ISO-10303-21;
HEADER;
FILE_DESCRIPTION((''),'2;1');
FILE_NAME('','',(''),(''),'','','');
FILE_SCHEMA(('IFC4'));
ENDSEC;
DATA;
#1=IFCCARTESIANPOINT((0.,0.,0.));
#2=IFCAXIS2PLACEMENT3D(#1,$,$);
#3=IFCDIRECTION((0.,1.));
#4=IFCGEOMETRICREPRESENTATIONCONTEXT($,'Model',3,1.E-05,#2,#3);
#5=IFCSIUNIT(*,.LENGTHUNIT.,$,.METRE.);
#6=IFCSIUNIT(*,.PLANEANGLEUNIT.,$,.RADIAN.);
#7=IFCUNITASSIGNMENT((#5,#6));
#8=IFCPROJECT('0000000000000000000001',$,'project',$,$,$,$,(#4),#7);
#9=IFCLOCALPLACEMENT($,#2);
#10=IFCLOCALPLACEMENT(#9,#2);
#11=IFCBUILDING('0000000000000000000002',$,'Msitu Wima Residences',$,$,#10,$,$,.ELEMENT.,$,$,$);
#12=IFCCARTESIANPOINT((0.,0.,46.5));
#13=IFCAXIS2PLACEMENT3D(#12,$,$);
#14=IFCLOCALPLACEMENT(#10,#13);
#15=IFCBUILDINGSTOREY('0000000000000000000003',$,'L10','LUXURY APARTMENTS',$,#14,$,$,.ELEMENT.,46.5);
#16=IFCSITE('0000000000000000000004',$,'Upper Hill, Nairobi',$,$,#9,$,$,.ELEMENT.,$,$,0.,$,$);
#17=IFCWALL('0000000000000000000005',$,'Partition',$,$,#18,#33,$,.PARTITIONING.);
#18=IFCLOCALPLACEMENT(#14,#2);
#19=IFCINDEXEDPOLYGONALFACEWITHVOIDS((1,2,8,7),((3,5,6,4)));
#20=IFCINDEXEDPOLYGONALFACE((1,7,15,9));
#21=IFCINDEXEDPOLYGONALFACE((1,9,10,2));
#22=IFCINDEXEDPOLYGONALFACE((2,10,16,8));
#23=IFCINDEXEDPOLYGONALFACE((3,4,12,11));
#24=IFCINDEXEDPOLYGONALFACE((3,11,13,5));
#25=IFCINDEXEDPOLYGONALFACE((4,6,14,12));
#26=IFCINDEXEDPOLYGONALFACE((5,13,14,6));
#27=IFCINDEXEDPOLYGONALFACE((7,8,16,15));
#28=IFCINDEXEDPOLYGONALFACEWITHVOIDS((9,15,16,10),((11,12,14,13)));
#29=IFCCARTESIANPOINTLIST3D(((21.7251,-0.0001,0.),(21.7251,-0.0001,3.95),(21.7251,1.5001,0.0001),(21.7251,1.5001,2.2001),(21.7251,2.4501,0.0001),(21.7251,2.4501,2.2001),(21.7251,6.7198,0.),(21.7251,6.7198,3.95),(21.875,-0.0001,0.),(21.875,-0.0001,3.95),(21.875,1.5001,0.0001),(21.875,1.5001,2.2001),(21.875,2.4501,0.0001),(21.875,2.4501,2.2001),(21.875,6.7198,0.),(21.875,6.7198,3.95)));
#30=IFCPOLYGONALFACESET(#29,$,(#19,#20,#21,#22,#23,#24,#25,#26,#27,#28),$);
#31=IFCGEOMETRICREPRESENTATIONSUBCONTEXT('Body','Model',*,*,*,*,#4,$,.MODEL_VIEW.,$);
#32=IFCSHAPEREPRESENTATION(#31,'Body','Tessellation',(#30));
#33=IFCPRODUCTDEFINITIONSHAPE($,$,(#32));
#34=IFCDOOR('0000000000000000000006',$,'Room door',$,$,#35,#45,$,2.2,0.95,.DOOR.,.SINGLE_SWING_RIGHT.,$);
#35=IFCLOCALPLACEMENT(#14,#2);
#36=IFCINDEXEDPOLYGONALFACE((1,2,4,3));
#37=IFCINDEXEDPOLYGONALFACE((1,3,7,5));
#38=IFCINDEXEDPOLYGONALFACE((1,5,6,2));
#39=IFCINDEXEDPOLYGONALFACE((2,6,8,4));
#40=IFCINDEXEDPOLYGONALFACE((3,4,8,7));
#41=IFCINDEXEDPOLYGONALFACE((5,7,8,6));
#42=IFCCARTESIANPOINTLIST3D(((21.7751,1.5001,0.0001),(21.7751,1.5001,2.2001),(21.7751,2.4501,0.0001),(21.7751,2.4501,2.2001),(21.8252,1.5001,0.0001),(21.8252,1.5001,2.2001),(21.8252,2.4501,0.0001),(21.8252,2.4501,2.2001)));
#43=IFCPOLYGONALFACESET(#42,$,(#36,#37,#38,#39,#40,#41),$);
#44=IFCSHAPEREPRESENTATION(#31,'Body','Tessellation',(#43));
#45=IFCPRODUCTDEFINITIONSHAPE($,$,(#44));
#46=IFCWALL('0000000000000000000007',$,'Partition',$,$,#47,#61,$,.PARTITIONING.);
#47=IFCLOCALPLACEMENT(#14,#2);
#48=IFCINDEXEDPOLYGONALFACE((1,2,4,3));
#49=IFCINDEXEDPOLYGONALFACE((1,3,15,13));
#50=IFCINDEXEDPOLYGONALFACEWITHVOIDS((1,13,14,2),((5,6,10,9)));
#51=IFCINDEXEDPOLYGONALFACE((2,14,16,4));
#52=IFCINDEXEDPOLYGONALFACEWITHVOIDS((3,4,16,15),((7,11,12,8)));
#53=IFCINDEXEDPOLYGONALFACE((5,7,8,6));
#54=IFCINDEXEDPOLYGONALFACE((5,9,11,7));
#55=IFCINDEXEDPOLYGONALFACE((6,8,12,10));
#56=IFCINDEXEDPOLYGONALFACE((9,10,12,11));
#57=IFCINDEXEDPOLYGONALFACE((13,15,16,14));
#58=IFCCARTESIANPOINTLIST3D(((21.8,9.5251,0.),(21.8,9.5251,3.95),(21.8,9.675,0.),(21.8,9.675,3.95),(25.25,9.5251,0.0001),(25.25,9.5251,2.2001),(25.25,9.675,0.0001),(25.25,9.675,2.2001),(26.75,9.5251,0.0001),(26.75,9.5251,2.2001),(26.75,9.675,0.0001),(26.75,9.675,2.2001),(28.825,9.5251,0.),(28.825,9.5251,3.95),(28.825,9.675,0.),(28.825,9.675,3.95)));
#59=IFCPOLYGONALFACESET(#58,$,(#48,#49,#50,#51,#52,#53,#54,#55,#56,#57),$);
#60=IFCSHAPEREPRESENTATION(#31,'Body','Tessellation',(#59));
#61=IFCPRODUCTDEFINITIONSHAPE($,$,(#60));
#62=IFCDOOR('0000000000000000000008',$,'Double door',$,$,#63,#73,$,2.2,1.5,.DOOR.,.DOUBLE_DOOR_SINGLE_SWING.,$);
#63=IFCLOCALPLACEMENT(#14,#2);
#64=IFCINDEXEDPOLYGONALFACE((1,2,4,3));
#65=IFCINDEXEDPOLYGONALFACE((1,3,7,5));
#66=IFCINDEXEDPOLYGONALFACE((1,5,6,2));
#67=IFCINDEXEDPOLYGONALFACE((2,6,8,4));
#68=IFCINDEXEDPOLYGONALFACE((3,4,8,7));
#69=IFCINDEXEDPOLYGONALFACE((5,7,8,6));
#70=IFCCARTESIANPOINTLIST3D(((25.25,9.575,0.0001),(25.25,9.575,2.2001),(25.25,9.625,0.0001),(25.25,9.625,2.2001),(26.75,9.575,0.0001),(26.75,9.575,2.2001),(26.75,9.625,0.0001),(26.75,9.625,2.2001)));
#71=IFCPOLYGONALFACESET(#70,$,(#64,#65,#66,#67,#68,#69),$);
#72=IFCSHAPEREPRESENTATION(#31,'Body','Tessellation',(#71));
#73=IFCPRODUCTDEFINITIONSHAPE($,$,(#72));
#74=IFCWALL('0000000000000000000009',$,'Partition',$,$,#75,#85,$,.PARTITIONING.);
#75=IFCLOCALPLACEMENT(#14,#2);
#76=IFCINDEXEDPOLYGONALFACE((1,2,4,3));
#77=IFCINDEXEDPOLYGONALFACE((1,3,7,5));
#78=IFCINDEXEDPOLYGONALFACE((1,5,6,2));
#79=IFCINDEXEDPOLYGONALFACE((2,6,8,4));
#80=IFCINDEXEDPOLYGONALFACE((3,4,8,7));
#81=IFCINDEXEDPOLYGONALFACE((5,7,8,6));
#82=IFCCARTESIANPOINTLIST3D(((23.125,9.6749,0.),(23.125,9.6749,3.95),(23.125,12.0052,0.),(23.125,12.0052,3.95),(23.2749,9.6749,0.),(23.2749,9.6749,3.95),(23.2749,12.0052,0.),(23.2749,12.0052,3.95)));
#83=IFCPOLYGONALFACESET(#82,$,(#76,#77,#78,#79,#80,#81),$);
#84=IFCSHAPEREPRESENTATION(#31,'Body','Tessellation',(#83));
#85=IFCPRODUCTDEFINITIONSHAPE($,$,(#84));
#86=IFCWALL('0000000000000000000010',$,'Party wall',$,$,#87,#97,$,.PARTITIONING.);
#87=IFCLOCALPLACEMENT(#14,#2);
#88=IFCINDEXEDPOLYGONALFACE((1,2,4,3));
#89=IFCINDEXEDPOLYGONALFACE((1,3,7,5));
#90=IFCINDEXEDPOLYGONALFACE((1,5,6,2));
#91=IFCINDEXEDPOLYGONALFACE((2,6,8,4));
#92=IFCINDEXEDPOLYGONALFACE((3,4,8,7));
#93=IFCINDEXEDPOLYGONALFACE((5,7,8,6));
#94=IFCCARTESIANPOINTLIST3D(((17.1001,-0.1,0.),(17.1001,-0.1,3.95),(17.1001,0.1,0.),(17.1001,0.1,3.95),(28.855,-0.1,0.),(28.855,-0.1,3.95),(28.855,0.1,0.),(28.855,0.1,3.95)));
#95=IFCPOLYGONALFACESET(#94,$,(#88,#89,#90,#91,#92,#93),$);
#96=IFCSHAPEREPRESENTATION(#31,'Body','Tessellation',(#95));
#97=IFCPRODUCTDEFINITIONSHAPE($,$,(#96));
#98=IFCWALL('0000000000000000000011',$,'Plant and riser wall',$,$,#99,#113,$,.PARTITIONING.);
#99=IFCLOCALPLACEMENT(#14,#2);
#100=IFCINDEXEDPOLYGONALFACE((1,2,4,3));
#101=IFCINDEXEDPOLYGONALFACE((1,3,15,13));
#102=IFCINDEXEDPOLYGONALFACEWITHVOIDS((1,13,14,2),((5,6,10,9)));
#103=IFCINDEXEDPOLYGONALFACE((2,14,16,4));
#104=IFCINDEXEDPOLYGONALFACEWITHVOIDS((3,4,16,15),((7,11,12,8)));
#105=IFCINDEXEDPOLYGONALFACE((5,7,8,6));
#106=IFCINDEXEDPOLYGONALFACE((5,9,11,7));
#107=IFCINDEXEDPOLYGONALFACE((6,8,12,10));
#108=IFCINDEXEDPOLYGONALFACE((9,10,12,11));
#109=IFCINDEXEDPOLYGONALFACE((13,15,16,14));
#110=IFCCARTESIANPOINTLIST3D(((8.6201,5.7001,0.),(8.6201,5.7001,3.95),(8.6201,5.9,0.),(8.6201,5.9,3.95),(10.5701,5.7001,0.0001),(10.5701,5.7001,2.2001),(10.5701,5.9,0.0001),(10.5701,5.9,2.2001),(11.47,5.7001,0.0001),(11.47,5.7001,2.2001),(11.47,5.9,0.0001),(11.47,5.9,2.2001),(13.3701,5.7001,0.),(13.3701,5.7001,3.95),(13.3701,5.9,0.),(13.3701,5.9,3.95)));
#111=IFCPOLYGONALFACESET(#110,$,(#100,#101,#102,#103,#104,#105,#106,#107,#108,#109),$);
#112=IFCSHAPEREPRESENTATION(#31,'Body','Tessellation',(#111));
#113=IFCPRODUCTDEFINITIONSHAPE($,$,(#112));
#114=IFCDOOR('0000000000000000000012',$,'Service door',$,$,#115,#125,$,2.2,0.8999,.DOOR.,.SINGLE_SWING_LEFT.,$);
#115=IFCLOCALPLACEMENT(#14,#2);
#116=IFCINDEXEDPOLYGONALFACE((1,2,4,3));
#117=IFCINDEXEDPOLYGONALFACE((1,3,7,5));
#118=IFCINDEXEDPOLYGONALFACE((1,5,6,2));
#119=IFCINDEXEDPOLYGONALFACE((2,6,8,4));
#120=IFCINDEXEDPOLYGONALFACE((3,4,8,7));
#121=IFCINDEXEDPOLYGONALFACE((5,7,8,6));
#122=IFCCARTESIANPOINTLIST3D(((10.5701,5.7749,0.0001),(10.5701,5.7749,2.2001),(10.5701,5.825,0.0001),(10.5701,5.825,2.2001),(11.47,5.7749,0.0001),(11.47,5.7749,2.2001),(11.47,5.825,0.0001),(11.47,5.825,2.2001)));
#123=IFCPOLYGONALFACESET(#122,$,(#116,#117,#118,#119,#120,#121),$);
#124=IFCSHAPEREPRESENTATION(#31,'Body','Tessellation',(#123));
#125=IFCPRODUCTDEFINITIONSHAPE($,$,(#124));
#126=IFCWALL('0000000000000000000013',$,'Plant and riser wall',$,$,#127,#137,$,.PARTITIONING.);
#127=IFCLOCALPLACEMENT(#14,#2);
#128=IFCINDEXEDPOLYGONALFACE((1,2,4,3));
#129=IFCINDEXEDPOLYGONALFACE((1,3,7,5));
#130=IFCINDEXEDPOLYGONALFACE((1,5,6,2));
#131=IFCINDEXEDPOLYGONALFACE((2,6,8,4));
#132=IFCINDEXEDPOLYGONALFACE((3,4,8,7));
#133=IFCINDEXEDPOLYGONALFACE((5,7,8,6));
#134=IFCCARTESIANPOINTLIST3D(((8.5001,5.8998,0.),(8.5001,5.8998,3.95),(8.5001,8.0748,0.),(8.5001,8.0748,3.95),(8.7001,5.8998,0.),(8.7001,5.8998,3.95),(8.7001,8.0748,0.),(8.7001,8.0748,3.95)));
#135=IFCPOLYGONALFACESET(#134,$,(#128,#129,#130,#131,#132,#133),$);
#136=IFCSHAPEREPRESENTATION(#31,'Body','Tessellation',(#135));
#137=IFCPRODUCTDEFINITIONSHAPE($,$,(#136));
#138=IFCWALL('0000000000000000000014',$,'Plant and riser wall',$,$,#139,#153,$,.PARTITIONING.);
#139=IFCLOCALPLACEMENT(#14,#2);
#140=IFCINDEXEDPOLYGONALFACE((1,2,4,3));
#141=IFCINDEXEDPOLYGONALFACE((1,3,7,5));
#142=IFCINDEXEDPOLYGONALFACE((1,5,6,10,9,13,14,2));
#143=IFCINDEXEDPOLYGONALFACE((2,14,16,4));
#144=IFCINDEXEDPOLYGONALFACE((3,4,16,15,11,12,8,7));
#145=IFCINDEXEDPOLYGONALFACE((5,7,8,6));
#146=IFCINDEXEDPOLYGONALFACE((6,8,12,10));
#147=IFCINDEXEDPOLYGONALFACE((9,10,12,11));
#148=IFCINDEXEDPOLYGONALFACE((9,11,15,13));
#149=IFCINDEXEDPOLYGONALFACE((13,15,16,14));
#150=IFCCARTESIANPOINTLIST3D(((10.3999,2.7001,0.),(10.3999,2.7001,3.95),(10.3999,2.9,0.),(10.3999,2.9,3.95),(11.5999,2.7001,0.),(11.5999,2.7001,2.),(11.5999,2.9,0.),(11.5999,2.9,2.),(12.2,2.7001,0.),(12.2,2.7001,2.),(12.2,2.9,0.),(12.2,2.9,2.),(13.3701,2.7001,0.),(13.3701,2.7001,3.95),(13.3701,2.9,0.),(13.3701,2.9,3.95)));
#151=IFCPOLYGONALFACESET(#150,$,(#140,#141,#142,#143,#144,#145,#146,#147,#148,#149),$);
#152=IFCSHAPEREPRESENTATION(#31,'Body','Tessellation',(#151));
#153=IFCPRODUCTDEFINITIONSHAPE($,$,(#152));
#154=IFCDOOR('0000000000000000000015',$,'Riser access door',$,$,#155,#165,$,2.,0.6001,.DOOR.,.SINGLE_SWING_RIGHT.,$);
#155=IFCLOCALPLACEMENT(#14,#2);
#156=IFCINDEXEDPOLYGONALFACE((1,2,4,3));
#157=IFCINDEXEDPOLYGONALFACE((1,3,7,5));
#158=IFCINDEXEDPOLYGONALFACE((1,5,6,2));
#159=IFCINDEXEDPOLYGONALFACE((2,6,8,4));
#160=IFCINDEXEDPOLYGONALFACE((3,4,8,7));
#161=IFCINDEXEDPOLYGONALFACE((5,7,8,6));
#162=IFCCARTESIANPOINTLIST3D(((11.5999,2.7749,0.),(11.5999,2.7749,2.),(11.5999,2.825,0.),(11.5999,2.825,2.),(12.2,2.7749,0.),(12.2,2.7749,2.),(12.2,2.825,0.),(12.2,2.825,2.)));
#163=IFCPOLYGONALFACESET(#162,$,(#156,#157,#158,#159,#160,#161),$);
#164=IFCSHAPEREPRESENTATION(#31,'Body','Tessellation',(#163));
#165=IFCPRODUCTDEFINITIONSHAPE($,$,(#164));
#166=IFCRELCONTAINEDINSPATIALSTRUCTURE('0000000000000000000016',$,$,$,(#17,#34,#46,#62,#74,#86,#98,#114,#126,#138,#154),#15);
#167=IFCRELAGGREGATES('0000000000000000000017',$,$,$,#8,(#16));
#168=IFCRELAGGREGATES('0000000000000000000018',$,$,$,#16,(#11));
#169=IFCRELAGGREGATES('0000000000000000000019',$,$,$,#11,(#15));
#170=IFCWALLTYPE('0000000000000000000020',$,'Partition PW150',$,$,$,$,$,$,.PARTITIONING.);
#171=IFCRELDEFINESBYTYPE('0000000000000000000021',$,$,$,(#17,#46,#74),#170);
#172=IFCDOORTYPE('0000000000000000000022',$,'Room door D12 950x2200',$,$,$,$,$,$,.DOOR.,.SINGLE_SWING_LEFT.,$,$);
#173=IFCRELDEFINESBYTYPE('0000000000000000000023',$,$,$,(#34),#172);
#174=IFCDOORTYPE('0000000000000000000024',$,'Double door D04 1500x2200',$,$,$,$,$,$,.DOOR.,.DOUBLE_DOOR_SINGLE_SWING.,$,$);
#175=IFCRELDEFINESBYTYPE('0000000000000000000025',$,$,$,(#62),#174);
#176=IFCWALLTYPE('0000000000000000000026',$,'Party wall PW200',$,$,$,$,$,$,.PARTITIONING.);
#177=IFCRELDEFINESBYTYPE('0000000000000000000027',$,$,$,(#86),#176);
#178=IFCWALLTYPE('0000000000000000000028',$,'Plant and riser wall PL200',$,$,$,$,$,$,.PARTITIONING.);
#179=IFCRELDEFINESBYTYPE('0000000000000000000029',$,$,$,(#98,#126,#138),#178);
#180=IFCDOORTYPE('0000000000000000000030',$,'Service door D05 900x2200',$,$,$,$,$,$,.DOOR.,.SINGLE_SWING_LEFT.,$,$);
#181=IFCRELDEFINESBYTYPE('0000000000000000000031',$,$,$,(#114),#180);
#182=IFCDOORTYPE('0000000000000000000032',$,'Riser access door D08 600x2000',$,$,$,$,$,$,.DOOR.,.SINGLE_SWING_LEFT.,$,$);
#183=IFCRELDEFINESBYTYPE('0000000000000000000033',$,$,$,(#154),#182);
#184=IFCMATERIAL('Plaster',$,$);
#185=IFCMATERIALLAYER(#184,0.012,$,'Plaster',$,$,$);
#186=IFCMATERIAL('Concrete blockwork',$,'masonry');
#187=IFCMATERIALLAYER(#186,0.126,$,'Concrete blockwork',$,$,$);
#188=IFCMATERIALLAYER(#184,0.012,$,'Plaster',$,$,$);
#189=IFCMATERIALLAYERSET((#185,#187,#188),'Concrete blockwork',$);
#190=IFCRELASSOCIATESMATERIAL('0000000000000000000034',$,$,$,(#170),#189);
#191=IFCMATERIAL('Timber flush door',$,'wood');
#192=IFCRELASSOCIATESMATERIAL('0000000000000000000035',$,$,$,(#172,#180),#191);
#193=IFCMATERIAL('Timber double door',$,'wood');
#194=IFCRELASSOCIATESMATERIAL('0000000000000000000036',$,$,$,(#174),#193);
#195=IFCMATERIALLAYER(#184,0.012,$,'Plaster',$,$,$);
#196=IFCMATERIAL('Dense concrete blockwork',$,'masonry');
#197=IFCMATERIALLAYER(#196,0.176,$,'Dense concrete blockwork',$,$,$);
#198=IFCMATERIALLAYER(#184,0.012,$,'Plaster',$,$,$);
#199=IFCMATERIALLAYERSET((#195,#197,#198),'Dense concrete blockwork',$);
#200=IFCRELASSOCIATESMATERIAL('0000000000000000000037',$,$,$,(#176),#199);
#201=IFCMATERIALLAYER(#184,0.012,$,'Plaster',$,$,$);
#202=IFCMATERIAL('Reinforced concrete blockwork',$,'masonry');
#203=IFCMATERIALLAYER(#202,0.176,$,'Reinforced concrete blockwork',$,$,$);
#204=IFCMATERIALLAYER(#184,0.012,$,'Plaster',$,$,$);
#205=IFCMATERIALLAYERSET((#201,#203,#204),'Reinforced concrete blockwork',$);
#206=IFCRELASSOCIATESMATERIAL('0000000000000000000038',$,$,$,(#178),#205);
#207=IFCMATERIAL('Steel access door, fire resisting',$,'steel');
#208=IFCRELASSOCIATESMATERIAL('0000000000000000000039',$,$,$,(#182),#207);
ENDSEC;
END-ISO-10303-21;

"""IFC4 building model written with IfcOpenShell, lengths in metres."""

from ifc_helpers import new_model, si_unit, direction, frame, frame_2d, origin, place, context, subcontext, project, spatial, rectangle, extrude, material, layer, layer_set, type_object, element, fill, save


model = new_model("IFC4")

# Units and contexts
model_context = context("Model", 3, precision=1e-05, world=origin(), true_north=direction((0.0, 1.0)))
body_context = subcontext(model_context, "Body", "Model", "MODEL_VIEW")
ifc_project = project(units=[si_unit("LENGTHUNIT", "METRE"), si_unit("PLANEANGLEUNIT", "RADIAN")], contexts=[model_context])

# Site, building, storey
site_placement = place(None, origin())
site = spatial("IfcSite", under=ifc_project, at=site_placement, Name="Upper Hill, Nairobi", CompositionType="ELEMENT", RefElevation=0.0)
building_placement = place(site_placement, origin())
building = spatial("IfcBuilding", under=site, at=building_placement, Name="Msitu Wima Residences", CompositionType="ELEMENT")
storey_placement = place(building_placement, frame((0.0, 0.0, 46.5)))
storey = spatial("IfcBuildingStorey", under=building, at=storey_placement, Name="L10", Description="LUXURY APARTMENTS", CompositionType="ELEMENT", Elevation=46.5)

# Walls, openings, doors
ifc_material_1 = material(Name="Plaster")
ifc_layer_1 = layer(ifc_material_1, 0.012, Name="Plaster")
ifc_material_2 = material(Name="Concrete blockwork", Category="masonry")
ifc_layer_2 = layer(ifc_material_2, 0.126, Name="Concrete blockwork")
ifc_layer_3 = layer(ifc_material_1, 0.012, Name="Plaster")
ifc_layer_set_1 = layer_set([ifc_layer_1, ifc_layer_2, ifc_layer_3], Name="Concrete blockwork")
wall_type_1 = type_object("IfcWallType", Name="Partition PW150", PredefinedType="PARTITIONING", material=ifc_layer_set_1)
ifc_material_3 = material(Name="Timber flush door", Category="wood")
door_type_1 = type_object("IfcDoorType", Name="Room door D12 950x2200", OperationType="SINGLE_SWING_LEFT", PredefinedType="DOOR", material=ifc_material_3)
wall_1_placement = place(storey_placement, frame((21.8, 0.0, 0.0), z_axis=(0.0, 0.0, 1.0), x_axis=(0.0, 1.0, 0.0)))
wall_1 = element("IfcWall", 1, at=wall_1_placement, inside=storey, type_object=wall_type_1, Name="Partition", PredefinedType="PARTITIONING", context=body_context, shape_type="SweptSolid", body=[
    extrude(rectangle(XDim=6.72, YDim=0.1499, at=frame_2d((3.3599, 0.0))), origin(), (0.0, 0.0, 1.0), 3.95),
])
opening_1_placement = place(wall_1_placement, frame((1.5, 0.0, 0.0)))
opening_1 = element("IfcOpeningElement", 2, at=opening_1_placement, cuts=wall_1, PredefinedType="OPENING", context=body_context, shape_type="SweptSolid", body=[
    extrude(rectangle(XDim=0.95, YDim=2.2, at=frame_2d((0.4751, 1.1001))), frame((0.0, 0.085, 0.0), z_axis=(0.0, -1.0, 0.0), x_axis=(1.0, 0.0, 0.0)), (0.0, 0.0, 1.0), 0.1699),
])
door_1_placement = place(opening_1_placement, origin())
door_1 = element("IfcDoor", 3, at=door_1_placement, inside=storey, type_object=door_type_1, Name="Room door", OperationType="SINGLE_SWING_RIGHT", OverallHeight=2.2, OverallWidth=0.95, PredefinedType="DOOR", context=body_context, shape_type="SweptSolid", body=[
    extrude(rectangle(XDim=0.95, YDim=2.2, at=frame_2d((0.4751, 1.1001))), frame((0.0, 0.0249, 0.0), z_axis=(0.0, -1.0, 0.0), x_axis=(1.0, 0.0, 0.0)), (0.0, 0.0, 1.0), 0.05),
])
fill(opening_1, door_1)
wall_2_placement = place(storey_placement, frame((21.8, 9.6001, 0.0), z_axis=(0.0, 0.0, 1.0), x_axis=(1.0, 0.0, 0.0)))
wall_2 = element("IfcWall", 4, at=wall_2_placement, inside=storey, type_object=wall_type_1, Name="Partition", PredefinedType="PARTITIONING", context=body_context, shape_type="SweptSolid", body=[
    extrude(rectangle(XDim=7.0249, YDim=0.1499, at=frame_2d((3.5125, 0.0))), origin(), (0.0, 0.0, 1.0), 3.95),
])
opening_2_placement = place(wall_2_placement, frame((3.45, 0.0, 0.0)))
opening_2 = element("IfcOpeningElement", 5, at=opening_2_placement, cuts=wall_2, PredefinedType="OPENING", context=body_context, shape_type="SweptSolid", body=[
    extrude(rectangle(XDim=1.5, YDim=2.2, at=frame_2d((0.75, 1.1001))), frame((0.0, 0.085, 0.0), z_axis=(0.0, -1.0, 0.0), x_axis=(1.0, 0.0, 0.0)), (0.0, 0.0, 1.0), 0.1699),
])
ifc_material_4 = material(Name="Timber double door", Category="wood")
door_type_2 = type_object("IfcDoorType", Name="Double door D04 1500x2200", OperationType="DOUBLE_DOOR_SINGLE_SWING", PredefinedType="DOOR", material=ifc_material_4)
door_2_placement = place(opening_2_placement, origin())
door_2 = element("IfcDoor", 6, at=door_2_placement, inside=storey, type_object=door_type_2, Name="Double door", OperationType="DOUBLE_DOOR_SINGLE_SWING", OverallHeight=2.2, OverallWidth=1.5, PredefinedType="DOOR", context=body_context, shape_type="SweptSolid", body=[
    extrude(rectangle(XDim=1.5, YDim=2.2, at=frame_2d((0.75, 1.1001))), frame((0.0, 0.0249, 0.0), z_axis=(0.0, -1.0, 0.0), x_axis=(1.0, 0.0, 0.0)), (0.0, 0.0, 1.0), 0.05),
])
fill(opening_2, door_2)

# Walls
wall_3_placement = place(storey_placement, frame((23.2, 9.675, 0.0), z_axis=(0.0, 0.0, 1.0), x_axis=(0.0, 1.0, 0.0)))
element("IfcWall", 7, at=wall_3_placement, inside=storey, type_object=wall_type_1, Name="Partition", PredefinedType="PARTITIONING", context=body_context, shape_type="SweptSolid", body=[
    extrude(rectangle(XDim=2.3303, YDim=0.1499, at=frame_2d((1.165, 0.0))), origin(), (0.0, 0.0, 1.0), 3.95),
])
ifc_layer_4 = layer(ifc_material_1, 0.012, Name="Plaster")
ifc_material_5 = material(Name="Dense concrete blockwork", Category="masonry")
ifc_layer_5 = layer(ifc_material_5, 0.176, Name="Dense concrete blockwork")
ifc_layer_6 = layer(ifc_material_1, 0.012, Name="Plaster")
ifc_layer_set_2 = layer_set([ifc_layer_4, ifc_layer_5, ifc_layer_6], Name="Dense concrete blockwork")
wall_type_2 = type_object("IfcWallType", Name="Party wall PW200", PredefinedType="PARTITIONING", material=ifc_layer_set_2)
wall_4_placement = place(storey_placement, frame((17.1001, 0.0, 0.0), z_axis=(0.0, 0.0, 1.0), x_axis=(1.0, 0.0, 0.0)))
element("IfcWall", 8, at=wall_4_placement, inside=storey, type_object=wall_type_2, Name="Party wall", PredefinedType="PARTITIONING", context=body_context, shape_type="SweptSolid", body=[
    extrude(rectangle(XDim=11.7549, YDim=0.2, at=frame_2d((5.8774, 0.0))), origin(), (0.0, 0.0, 1.0), 3.95),
])

# Wall, opening, door
ifc_layer_7 = layer(ifc_material_1, 0.012, Name="Plaster")
ifc_material_6 = material(Name="Reinforced concrete blockwork", Category="masonry")
ifc_layer_8 = layer(ifc_material_6, 0.176, Name="Reinforced concrete blockwork")
ifc_layer_9 = layer(ifc_material_1, 0.012, Name="Plaster")
ifc_layer_set_3 = layer_set([ifc_layer_7, ifc_layer_8, ifc_layer_9], Name="Reinforced concrete blockwork")
wall_type_3 = type_object("IfcWallType", Name="Plant and riser wall PL200", PredefinedType="PARTITIONING", material=ifc_layer_set_3)
wall_5_placement = place(storey_placement, frame((8.6201, 5.8, 0.0), z_axis=(0.0, 0.0, 1.0), x_axis=(1.0, 0.0, 0.0)))
wall_5 = element("IfcWall", 9, at=wall_5_placement, inside=storey, type_object=wall_type_3, Name="Plant and riser wall", PredefinedType="PARTITIONING", context=body_context, shape_type="SweptSolid", body=[
    extrude(rectangle(XDim=4.75, YDim=0.2, at=frame_2d((2.375, 0.0))), origin(), (0.0, 0.0, 1.0), 3.95),
])
opening_3_placement = place(wall_5_placement, frame((1.95, 0.0, 0.0)))
opening_3 = element("IfcOpeningElement", 10, at=opening_3_placement, cuts=wall_5, PredefinedType="OPENING", context=body_context, shape_type="SweptSolid", body=[
    extrude(rectangle(XDim=0.8999, YDim=2.2, at=frame_2d((0.45, 1.1001))), frame((0.0, 0.1099, 0.0), z_axis=(0.0, -1.0, 0.0), x_axis=(1.0, 0.0, 0.0)), (0.0, 0.0, 1.0), 0.22),
])
door_type_3 = type_object("IfcDoorType", Name="Service door D05 900x2200", OperationType="SINGLE_SWING_LEFT", PredefinedType="DOOR", material=ifc_material_3)
door_3_placement = place(opening_3_placement, origin())
door_3 = element("IfcDoor", 11, at=door_3_placement, inside=storey, type_object=door_type_3, Name="Service door", OperationType="SINGLE_SWING_LEFT", OverallHeight=2.2, OverallWidth=0.8999, PredefinedType="DOOR", context=body_context, shape_type="SweptSolid", body=[
    extrude(rectangle(XDim=0.8999, YDim=2.2, at=frame_2d((0.45, 1.1001))), frame((0.0, 0.0249, 0.0), z_axis=(0.0, -1.0, 0.0), x_axis=(1.0, 0.0, 0.0)), (0.0, 0.0, 1.0), 0.05),
])
fill(opening_3, door_3)

# Wall
wall_6_placement = place(storey_placement, frame((8.6001, 5.8999, 0.0), z_axis=(0.0, 0.0, 1.0), x_axis=(0.0, 1.0, 0.0)))
element("IfcWall", 12, at=wall_6_placement, inside=storey, type_object=wall_type_3, Name="Plant and riser wall", PredefinedType="PARTITIONING", context=body_context, shape_type="SweptSolid", body=[
    extrude(rectangle(XDim=2.175, YDim=0.2, at=frame_2d((1.0874, 0.0))), origin(), (0.0, 0.0, 1.0), 3.95),
])

# Wall, opening, door
wall_7_placement = place(storey_placement, frame((10.3999, 2.8, 0.0), z_axis=(0.0, 0.0, 1.0), x_axis=(1.0, 0.0, 0.0)))
wall_7 = element("IfcWall", 13, at=wall_7_placement, inside=storey, type_object=wall_type_3, Name="Plant and riser wall", PredefinedType="PARTITIONING", context=body_context, shape_type="SweptSolid", body=[
    extrude(rectangle(XDim=2.9702, YDim=0.2, at=frame_2d((1.4851, 0.0))), origin(), (0.0, 0.0, 1.0), 3.95),
])
opening_4_placement = place(wall_7_placement, frame((1.2, 0.0, 0.0)))
opening_4 = element("IfcOpeningElement", 14, at=opening_4_placement, cuts=wall_7, PredefinedType="OPENING", context=body_context, shape_type="SweptSolid", body=[
    extrude(rectangle(XDim=0.6001, YDim=2.0, at=frame_2d((0.3, 1.0))), frame((0.0, 0.1099, 0.0), z_axis=(0.0, -1.0, 0.0), x_axis=(1.0, 0.0, 0.0)), (0.0, 0.0, 1.0), 0.22),
])
ifc_material_7 = material(Name="Steel access door, fire resisting", Category="steel")
door_type_4 = type_object("IfcDoorType", Name="Riser access door D08 600x2000", OperationType="SINGLE_SWING_LEFT", PredefinedType="DOOR", material=ifc_material_7)
door_4_placement = place(opening_4_placement, origin())
door_4 = element("IfcDoor", 15, at=door_4_placement, inside=storey, type_object=door_type_4, Name="Riser access door", OperationType="SINGLE_SWING_RIGHT", OverallHeight=2.0, OverallWidth=0.6001, PredefinedType="DOOR", context=body_context, shape_type="SweptSolid", body=[
    extrude(rectangle(XDim=0.6001, YDim=2.0, at=frame_2d((0.3, 1.0))), frame((0.0, 0.0249, 0.0), z_axis=(0.0, -1.0, 0.0), x_axis=(1.0, 0.0, 0.0)), (0.0, 0.0, 1.0), 0.05),
])
fill(opening_4, door_4)

save(model, "model.ifc")
